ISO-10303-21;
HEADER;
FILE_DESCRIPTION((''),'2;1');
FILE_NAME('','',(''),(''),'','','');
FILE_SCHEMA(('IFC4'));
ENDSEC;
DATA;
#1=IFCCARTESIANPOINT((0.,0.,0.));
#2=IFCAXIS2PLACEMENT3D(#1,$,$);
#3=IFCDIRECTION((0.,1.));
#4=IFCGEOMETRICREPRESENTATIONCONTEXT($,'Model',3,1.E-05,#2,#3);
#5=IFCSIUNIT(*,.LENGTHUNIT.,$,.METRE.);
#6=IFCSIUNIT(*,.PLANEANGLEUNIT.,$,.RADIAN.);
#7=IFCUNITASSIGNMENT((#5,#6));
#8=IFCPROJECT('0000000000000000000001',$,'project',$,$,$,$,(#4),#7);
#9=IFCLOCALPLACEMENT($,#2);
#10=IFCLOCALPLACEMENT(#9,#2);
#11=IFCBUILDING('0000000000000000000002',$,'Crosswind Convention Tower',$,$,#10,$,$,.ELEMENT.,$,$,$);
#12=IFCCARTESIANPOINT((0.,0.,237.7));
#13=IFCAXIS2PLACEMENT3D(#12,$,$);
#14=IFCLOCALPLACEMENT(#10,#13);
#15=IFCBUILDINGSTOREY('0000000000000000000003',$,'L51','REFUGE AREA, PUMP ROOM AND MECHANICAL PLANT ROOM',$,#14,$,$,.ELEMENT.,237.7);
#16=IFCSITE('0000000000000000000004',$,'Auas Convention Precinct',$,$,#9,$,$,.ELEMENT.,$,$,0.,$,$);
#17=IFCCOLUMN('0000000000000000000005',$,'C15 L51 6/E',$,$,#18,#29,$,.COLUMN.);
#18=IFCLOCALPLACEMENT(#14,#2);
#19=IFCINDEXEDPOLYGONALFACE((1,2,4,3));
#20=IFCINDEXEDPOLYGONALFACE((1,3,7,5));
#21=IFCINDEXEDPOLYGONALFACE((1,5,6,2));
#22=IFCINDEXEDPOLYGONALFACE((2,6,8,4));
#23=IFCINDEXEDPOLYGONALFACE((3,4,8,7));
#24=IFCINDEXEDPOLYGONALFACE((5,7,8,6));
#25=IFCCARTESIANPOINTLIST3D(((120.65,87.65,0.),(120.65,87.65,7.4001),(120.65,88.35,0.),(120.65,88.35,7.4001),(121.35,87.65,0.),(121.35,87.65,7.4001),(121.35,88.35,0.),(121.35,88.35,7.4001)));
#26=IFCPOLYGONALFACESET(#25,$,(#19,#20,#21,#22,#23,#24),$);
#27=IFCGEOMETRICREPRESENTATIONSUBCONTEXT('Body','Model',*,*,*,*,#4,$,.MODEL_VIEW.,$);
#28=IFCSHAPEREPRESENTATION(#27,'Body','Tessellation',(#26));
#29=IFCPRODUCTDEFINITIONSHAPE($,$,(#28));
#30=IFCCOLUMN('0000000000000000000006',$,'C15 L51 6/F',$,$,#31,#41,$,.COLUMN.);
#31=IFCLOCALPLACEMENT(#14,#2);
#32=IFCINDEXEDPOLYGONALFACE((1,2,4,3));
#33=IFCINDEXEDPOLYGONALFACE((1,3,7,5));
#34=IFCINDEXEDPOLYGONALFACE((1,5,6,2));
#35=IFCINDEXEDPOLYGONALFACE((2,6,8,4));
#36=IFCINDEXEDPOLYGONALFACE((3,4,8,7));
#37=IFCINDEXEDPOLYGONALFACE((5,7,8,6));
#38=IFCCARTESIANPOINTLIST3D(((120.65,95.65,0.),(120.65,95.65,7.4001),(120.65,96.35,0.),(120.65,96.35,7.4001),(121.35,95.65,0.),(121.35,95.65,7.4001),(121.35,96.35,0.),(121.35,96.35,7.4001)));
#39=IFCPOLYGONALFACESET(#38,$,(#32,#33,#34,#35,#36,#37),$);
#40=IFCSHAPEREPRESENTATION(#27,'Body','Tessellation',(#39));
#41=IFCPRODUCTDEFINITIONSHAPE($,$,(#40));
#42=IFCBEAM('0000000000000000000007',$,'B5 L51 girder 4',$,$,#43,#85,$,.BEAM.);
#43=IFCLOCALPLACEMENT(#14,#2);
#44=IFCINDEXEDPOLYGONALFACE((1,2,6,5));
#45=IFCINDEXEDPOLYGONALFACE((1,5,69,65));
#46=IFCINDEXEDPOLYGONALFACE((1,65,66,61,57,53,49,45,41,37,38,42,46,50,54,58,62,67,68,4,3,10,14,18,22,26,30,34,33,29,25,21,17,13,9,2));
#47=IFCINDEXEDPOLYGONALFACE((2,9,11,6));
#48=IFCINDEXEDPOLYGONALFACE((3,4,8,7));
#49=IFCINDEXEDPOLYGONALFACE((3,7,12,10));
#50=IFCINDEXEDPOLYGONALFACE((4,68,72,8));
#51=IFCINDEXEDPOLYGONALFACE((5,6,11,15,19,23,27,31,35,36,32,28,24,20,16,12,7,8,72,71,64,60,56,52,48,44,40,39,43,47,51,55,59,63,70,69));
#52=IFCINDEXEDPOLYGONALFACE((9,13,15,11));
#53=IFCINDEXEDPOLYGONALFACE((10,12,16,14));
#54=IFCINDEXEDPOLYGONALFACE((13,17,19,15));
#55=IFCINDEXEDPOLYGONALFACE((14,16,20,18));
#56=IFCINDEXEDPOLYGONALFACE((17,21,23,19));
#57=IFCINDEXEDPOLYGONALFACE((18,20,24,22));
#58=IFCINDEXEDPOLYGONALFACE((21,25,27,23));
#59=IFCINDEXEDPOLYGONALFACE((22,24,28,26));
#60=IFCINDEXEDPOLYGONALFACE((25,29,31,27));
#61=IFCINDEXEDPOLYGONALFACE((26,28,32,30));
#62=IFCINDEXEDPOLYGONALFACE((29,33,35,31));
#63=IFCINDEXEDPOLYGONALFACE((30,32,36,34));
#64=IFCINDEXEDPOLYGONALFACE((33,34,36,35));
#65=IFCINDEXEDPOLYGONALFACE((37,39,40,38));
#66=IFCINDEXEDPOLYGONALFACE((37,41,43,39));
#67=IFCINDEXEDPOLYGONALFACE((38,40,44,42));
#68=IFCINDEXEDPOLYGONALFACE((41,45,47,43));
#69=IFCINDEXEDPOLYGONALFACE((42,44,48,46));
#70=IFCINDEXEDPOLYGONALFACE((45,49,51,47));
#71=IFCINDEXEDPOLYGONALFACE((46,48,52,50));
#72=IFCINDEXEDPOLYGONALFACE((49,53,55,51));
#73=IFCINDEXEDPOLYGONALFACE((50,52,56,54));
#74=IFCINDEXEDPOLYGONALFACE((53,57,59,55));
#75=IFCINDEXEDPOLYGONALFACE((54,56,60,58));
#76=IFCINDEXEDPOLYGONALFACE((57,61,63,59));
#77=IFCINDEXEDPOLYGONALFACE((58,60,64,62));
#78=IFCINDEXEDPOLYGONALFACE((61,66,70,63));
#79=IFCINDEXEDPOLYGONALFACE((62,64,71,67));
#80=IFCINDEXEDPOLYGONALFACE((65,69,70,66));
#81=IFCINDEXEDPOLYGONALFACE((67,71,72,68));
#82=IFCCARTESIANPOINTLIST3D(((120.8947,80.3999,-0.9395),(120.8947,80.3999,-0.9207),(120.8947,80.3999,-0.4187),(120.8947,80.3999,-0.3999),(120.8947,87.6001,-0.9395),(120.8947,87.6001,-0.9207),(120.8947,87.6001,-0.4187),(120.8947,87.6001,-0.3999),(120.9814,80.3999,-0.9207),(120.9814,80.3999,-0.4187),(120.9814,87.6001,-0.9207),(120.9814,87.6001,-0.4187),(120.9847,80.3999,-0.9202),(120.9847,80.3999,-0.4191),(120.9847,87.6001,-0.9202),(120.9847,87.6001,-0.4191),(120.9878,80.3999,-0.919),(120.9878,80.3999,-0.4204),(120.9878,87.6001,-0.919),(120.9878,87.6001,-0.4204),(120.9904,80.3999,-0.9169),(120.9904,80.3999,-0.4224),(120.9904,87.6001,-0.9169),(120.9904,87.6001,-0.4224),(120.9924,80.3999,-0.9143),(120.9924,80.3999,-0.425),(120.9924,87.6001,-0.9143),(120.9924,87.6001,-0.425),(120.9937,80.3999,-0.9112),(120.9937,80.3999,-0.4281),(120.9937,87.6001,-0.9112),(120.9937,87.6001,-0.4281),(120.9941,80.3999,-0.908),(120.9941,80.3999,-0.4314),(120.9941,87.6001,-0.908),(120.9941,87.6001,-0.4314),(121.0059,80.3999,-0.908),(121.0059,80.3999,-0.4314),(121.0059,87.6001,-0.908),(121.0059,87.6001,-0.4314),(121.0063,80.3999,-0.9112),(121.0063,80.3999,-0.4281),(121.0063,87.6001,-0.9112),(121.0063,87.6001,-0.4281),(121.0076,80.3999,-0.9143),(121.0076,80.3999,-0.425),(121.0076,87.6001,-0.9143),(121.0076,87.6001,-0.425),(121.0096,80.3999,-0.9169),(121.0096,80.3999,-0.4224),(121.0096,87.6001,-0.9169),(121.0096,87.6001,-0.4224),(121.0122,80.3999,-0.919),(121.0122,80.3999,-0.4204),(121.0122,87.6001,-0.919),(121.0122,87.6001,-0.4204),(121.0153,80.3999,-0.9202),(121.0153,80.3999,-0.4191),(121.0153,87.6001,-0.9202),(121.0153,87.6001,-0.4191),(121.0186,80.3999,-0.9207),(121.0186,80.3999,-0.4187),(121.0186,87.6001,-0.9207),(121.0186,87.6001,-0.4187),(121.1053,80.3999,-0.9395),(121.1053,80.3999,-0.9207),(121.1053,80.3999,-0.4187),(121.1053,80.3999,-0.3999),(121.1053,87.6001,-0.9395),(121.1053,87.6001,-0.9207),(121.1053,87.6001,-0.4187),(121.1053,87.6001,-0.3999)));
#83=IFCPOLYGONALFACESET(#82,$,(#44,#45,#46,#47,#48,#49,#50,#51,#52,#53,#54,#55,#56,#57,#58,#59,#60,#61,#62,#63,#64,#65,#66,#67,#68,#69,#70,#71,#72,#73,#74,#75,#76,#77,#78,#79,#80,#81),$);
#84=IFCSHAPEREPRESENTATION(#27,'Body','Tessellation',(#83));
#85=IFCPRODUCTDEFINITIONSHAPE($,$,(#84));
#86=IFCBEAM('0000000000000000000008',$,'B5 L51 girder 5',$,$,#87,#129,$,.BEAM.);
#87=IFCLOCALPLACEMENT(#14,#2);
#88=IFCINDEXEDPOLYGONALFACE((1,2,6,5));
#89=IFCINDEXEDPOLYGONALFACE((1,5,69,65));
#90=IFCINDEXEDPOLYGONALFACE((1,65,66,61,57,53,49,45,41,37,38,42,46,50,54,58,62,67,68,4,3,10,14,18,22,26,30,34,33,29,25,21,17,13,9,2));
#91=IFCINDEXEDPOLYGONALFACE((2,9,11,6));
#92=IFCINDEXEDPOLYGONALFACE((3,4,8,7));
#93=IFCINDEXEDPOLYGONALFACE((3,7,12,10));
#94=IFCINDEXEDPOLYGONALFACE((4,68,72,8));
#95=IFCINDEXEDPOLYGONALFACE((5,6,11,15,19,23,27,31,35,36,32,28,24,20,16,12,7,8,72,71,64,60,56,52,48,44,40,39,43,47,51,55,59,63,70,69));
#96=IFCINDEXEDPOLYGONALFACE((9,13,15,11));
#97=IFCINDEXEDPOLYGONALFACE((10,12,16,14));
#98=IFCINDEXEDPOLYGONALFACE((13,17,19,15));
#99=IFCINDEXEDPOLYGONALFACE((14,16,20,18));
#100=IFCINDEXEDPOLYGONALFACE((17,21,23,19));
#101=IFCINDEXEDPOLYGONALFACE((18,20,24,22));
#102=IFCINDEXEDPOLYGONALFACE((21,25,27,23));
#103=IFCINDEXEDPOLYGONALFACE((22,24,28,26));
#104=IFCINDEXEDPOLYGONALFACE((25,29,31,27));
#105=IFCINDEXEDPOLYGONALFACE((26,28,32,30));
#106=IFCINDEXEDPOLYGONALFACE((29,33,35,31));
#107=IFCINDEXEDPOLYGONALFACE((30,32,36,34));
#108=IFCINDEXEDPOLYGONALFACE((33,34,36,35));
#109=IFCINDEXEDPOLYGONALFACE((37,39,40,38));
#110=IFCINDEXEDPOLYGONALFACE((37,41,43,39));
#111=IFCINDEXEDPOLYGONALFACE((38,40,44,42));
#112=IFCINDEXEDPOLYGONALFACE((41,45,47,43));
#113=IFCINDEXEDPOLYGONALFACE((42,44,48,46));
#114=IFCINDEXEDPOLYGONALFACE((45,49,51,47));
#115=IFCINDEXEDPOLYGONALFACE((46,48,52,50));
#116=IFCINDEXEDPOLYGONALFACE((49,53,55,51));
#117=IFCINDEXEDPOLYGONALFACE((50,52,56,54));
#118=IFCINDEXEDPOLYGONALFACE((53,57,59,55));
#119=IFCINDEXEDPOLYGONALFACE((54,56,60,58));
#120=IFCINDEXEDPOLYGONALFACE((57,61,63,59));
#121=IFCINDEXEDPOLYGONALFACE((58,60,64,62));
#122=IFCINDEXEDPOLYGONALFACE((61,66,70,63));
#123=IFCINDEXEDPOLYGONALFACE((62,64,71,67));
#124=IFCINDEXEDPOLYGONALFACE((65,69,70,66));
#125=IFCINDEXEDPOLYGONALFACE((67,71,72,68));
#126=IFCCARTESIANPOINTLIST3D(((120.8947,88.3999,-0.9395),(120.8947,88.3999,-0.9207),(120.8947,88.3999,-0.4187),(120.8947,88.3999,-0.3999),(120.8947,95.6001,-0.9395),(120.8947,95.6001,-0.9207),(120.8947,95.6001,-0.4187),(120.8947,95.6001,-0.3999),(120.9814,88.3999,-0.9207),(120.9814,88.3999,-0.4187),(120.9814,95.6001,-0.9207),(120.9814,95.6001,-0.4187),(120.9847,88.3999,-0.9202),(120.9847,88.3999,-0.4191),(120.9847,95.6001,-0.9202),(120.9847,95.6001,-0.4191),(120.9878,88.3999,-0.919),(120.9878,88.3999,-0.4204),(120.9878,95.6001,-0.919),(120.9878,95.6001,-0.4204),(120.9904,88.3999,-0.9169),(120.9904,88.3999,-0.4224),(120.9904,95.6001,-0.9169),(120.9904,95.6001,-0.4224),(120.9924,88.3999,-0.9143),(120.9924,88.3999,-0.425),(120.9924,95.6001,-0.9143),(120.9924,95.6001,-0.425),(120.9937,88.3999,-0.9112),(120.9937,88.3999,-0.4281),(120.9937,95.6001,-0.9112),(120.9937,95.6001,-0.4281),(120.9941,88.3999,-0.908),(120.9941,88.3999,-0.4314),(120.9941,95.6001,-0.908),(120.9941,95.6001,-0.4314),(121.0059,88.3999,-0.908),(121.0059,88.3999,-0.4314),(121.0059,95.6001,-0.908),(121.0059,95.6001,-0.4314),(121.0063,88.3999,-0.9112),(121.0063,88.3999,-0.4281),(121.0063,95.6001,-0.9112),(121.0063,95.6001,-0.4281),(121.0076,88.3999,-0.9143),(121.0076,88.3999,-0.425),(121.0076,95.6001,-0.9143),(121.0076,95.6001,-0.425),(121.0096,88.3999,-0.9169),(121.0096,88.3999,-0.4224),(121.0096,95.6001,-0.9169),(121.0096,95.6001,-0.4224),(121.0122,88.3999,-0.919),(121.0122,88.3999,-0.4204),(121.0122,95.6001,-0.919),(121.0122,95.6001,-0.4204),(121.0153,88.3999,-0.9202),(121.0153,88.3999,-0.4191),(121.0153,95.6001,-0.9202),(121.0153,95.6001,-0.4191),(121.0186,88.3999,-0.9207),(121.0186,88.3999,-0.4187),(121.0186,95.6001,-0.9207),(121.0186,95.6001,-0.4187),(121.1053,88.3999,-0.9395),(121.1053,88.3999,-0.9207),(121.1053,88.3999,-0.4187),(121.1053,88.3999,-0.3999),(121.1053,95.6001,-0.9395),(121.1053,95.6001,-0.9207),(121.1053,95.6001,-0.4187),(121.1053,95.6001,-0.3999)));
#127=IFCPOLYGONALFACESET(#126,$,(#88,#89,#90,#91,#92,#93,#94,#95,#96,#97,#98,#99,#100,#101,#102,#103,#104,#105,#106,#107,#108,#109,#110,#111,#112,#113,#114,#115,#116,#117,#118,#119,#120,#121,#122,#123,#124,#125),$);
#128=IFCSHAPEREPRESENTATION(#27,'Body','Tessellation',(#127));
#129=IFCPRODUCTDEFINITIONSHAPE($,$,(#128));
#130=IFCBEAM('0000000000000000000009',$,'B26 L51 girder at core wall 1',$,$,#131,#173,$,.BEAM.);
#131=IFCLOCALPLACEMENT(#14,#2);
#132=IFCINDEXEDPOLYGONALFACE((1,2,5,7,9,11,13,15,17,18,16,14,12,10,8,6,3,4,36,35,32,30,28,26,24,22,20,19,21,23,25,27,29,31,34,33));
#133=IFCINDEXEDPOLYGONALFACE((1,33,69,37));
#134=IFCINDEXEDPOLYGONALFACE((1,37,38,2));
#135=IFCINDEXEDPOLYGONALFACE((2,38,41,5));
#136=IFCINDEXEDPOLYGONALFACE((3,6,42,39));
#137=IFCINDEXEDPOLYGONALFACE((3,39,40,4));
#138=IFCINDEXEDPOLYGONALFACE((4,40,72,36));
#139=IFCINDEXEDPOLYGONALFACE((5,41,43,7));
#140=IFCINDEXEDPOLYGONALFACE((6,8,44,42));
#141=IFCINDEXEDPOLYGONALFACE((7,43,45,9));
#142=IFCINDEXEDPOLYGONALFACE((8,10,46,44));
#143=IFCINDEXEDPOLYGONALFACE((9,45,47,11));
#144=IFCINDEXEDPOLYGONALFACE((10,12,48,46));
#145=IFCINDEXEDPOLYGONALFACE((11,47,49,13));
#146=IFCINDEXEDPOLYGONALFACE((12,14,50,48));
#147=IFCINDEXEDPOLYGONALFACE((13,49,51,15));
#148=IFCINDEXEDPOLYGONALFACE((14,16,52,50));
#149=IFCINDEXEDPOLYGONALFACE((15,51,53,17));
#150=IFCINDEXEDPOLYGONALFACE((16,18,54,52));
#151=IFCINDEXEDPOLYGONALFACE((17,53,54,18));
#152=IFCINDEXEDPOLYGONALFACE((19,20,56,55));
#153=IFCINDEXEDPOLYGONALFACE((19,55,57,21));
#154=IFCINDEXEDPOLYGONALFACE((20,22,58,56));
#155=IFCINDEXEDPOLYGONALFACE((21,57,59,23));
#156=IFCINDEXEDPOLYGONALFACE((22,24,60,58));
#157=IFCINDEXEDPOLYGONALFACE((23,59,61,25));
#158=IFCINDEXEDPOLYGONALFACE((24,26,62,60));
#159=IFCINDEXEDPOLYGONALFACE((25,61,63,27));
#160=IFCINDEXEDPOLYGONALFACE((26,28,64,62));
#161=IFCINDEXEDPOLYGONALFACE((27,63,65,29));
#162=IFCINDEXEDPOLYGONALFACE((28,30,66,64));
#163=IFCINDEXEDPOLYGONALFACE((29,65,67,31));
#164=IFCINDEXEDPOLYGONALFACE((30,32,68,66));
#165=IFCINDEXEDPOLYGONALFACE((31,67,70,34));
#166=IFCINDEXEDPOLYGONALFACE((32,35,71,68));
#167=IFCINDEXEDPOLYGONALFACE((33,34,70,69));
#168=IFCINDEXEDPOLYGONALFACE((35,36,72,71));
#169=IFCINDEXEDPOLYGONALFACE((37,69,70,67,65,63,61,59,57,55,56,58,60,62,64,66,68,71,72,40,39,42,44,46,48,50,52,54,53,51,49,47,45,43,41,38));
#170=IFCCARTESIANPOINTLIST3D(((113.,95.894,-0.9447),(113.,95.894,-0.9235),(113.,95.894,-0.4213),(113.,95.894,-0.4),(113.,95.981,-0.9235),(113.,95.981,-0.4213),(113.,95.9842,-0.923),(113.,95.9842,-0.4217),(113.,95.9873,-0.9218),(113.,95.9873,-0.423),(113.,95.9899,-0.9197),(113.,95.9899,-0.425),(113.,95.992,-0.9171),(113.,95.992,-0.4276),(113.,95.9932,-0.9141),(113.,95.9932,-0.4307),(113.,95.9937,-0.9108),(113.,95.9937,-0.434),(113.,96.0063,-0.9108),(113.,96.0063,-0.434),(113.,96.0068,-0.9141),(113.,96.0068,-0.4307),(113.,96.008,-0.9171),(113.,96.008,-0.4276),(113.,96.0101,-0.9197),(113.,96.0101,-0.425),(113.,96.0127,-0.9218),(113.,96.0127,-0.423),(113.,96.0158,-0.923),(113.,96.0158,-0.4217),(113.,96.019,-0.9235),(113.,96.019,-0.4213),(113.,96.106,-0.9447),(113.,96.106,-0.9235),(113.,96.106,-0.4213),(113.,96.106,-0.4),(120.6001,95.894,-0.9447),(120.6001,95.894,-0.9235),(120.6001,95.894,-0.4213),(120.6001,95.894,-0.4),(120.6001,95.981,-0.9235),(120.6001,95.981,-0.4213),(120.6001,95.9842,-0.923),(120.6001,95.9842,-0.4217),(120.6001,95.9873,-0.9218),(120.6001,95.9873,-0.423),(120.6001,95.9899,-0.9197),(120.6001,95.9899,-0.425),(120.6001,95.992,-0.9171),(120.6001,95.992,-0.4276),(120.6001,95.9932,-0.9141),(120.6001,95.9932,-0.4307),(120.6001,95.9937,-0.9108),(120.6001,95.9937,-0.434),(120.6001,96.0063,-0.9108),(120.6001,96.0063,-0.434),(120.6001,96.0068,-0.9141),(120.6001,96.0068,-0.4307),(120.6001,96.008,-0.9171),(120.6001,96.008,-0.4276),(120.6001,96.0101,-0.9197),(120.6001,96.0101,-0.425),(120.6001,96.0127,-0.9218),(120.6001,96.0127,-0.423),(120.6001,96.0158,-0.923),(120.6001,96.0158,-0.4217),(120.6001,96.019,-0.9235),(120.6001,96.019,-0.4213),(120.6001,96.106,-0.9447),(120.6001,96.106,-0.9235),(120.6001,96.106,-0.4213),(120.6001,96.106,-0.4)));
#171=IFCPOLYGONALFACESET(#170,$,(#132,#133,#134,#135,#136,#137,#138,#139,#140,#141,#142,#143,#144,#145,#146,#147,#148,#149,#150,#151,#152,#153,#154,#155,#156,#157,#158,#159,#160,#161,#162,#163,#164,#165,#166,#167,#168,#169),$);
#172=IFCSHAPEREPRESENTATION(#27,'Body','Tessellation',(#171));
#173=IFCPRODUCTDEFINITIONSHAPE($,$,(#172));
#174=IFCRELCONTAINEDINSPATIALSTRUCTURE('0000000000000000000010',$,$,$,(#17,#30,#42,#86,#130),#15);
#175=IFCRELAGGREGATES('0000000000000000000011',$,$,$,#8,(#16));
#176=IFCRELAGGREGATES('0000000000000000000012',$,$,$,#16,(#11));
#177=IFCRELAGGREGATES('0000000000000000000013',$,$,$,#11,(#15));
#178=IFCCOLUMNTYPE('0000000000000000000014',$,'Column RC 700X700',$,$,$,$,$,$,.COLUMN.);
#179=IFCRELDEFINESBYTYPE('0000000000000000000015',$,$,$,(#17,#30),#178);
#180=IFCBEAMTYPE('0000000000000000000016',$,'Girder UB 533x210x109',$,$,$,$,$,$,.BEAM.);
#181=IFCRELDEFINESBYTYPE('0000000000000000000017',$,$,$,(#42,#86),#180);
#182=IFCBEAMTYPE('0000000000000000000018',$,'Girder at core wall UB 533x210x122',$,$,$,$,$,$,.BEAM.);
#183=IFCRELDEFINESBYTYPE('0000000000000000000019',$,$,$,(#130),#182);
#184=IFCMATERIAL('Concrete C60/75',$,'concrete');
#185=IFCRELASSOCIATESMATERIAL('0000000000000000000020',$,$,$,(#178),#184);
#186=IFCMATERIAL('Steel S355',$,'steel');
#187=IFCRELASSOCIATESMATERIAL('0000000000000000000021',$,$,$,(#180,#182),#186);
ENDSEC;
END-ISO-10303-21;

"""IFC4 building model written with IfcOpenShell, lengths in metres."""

from ifc_helpers import new_model, si_unit, direction, frame, origin, origin_2d, place, context, subcontext, project, spatial, rectangle, i_section, extrude, material, material_profile, profile_set, type_object, element, save


model = new_model("IFC4")

# Units and contexts
model_context = context("Model", 3, precision=1e-05, world=origin(), true_north=direction((0.0, 1.0)))
body_context = subcontext(model_context, "Body", "Model", "MODEL_VIEW")
ifc_project = project(units=[si_unit("LENGTHUNIT", "METRE"), si_unit("PLANEANGLEUNIT", "RADIAN")], contexts=[model_context])

# Site, building, storey
site_placement = place(None, origin())
site = spatial("IfcSite", under=ifc_project, at=site_placement, Name="Auas Convention Precinct", CompositionType="ELEMENT", RefElevation=0.0)
building_placement = place(site_placement, origin())
building = spatial("IfcBuilding", under=site, at=building_placement, Name="Crosswind Convention Tower", CompositionType="ELEMENT")
storey_placement = place(building_placement, frame((0.0, 0.0, 237.7)))
storey = spatial("IfcBuildingStorey", under=building, at=storey_placement, Name="L51", Description="REFUGE AREA, PUMP ROOM AND MECHANICAL PLANT ROOM", CompositionType="ELEMENT", Elevation=237.7)

# Columns
ifc_material_1 = material(Name="Concrete C60/75", Category="concrete")
ifc_material_profile_1 = material_profile(ifc_material_1, rectangle(XDim=0.7, YDim=0.7, at=origin_2d()), Name="RC 700X700")
ifc_profile_set_1 = profile_set([ifc_material_profile_1], Name="Concrete C60/75")
column_type = type_object("IfcColumnType", Name="Column RC 700X700", PredefinedType="COLUMN", material=ifc_profile_set_1)
for number, where, z_axis, x_axis, name in (
    (1, (121.0, 88.0, 0.0), (0.0, 0.0, 1.0), (1.0, 0.0, 0.0), "C15 L51 6/E"),
    (2, (121.0, 96.0, 0.0), (0.0, 0.0, 1.0), (1.0, 0.0, 0.0), "C15 L51 6/F"),
):
    element("IfcColumn", number, at=place(storey_placement, frame(where, z_axis=z_axis, x_axis=x_axis)), inside=storey, type_object=column_type, Name=name, PredefinedType="COLUMN", context=body_context, shape_type="SweptSolid", body=[
        extrude(rectangle(XDim=0.7, YDim=0.7, at=origin_2d()), origin(), (0.0, 0.0, 1.0), 7.4001),
    ])

# Beams
ifc_material_2 = material(Name="Steel S355", Category="steel")
ifc_material_profile_2 = material_profile(ifc_material_2, i_section(OverallWidth=0.2107, OverallDepth=0.5396, WebThickness=0.0117, FlangeThickness=0.0188, FilletRadius=0.0127, at=origin_2d()), Name="UB 533x210x109")
ifc_profile_set_2 = profile_set([ifc_material_profile_2], Name="Steel S355")
beam_type_1 = type_object("IfcBeamType", Name="Girder UB 533x210x109", PredefinedType="BEAM", material=ifc_profile_set_2)
for number, where, z_axis, x_axis, name in (
    (3, (121.0, 80.3999, -0.6697), (0.0, 1.0, 0.0), (-1.0, 0.0, 0.0), "B5 L51 girder 4"),
    (4, (121.0, 88.3999, -0.6697), (0.0, 1.0, 0.0), (-1.0, 0.0, 0.0), "B5 L51 girder 5"),
):
    element("IfcBeam", number, at=place(storey_placement, frame(where, z_axis=z_axis, x_axis=x_axis)), inside=storey, type_object=beam_type_1, Name=name, PredefinedType="BEAM", context=body_context, shape_type="SweptSolid", body=[
        extrude(i_section(OverallWidth=0.2107, OverallDepth=0.5396, WebThickness=0.0117, FlangeThickness=0.0188, FilletRadius=0.0127, at=origin_2d()), origin(), (0.0, 0.0, 1.0), 7.2002),
    ])
ifc_material_profile_3 = material_profile(ifc_material_2, i_section(OverallWidth=0.2119, OverallDepth=0.5447, WebThickness=0.0127, FlangeThickness=0.0212, FilletRadius=0.0127, at=origin_2d()), Name="UB 533x210x122")
ifc_profile_set_3 = profile_set([ifc_material_profile_3], Name="Steel S355")
beam_type_2 = type_object("IfcBeamType", Name="Girder at core wall UB 533x210x122", PredefinedType="BEAM", material=ifc_profile_set_3)
beam_1_placement = place(storey_placement, frame((113.0, 96.0, -0.6724), z_axis=(1.0, 0.0, 0.0), x_axis=(0.0, 1.0, 0.0)))
element("IfcBeam", 5, at=beam_1_placement, inside=storey, type_object=beam_type_2, Name="B26 L51 girder at core wall 1", PredefinedType="BEAM", context=body_context, shape_type="SweptSolid", body=[
    extrude(i_section(OverallWidth=0.2119, OverallDepth=0.5447, WebThickness=0.0127, FlangeThickness=0.0212, FilletRadius=0.0127, at=origin_2d()), origin(), (0.0, 0.0, 1.0), 7.6001),
])

save(model, "model.ifc")
